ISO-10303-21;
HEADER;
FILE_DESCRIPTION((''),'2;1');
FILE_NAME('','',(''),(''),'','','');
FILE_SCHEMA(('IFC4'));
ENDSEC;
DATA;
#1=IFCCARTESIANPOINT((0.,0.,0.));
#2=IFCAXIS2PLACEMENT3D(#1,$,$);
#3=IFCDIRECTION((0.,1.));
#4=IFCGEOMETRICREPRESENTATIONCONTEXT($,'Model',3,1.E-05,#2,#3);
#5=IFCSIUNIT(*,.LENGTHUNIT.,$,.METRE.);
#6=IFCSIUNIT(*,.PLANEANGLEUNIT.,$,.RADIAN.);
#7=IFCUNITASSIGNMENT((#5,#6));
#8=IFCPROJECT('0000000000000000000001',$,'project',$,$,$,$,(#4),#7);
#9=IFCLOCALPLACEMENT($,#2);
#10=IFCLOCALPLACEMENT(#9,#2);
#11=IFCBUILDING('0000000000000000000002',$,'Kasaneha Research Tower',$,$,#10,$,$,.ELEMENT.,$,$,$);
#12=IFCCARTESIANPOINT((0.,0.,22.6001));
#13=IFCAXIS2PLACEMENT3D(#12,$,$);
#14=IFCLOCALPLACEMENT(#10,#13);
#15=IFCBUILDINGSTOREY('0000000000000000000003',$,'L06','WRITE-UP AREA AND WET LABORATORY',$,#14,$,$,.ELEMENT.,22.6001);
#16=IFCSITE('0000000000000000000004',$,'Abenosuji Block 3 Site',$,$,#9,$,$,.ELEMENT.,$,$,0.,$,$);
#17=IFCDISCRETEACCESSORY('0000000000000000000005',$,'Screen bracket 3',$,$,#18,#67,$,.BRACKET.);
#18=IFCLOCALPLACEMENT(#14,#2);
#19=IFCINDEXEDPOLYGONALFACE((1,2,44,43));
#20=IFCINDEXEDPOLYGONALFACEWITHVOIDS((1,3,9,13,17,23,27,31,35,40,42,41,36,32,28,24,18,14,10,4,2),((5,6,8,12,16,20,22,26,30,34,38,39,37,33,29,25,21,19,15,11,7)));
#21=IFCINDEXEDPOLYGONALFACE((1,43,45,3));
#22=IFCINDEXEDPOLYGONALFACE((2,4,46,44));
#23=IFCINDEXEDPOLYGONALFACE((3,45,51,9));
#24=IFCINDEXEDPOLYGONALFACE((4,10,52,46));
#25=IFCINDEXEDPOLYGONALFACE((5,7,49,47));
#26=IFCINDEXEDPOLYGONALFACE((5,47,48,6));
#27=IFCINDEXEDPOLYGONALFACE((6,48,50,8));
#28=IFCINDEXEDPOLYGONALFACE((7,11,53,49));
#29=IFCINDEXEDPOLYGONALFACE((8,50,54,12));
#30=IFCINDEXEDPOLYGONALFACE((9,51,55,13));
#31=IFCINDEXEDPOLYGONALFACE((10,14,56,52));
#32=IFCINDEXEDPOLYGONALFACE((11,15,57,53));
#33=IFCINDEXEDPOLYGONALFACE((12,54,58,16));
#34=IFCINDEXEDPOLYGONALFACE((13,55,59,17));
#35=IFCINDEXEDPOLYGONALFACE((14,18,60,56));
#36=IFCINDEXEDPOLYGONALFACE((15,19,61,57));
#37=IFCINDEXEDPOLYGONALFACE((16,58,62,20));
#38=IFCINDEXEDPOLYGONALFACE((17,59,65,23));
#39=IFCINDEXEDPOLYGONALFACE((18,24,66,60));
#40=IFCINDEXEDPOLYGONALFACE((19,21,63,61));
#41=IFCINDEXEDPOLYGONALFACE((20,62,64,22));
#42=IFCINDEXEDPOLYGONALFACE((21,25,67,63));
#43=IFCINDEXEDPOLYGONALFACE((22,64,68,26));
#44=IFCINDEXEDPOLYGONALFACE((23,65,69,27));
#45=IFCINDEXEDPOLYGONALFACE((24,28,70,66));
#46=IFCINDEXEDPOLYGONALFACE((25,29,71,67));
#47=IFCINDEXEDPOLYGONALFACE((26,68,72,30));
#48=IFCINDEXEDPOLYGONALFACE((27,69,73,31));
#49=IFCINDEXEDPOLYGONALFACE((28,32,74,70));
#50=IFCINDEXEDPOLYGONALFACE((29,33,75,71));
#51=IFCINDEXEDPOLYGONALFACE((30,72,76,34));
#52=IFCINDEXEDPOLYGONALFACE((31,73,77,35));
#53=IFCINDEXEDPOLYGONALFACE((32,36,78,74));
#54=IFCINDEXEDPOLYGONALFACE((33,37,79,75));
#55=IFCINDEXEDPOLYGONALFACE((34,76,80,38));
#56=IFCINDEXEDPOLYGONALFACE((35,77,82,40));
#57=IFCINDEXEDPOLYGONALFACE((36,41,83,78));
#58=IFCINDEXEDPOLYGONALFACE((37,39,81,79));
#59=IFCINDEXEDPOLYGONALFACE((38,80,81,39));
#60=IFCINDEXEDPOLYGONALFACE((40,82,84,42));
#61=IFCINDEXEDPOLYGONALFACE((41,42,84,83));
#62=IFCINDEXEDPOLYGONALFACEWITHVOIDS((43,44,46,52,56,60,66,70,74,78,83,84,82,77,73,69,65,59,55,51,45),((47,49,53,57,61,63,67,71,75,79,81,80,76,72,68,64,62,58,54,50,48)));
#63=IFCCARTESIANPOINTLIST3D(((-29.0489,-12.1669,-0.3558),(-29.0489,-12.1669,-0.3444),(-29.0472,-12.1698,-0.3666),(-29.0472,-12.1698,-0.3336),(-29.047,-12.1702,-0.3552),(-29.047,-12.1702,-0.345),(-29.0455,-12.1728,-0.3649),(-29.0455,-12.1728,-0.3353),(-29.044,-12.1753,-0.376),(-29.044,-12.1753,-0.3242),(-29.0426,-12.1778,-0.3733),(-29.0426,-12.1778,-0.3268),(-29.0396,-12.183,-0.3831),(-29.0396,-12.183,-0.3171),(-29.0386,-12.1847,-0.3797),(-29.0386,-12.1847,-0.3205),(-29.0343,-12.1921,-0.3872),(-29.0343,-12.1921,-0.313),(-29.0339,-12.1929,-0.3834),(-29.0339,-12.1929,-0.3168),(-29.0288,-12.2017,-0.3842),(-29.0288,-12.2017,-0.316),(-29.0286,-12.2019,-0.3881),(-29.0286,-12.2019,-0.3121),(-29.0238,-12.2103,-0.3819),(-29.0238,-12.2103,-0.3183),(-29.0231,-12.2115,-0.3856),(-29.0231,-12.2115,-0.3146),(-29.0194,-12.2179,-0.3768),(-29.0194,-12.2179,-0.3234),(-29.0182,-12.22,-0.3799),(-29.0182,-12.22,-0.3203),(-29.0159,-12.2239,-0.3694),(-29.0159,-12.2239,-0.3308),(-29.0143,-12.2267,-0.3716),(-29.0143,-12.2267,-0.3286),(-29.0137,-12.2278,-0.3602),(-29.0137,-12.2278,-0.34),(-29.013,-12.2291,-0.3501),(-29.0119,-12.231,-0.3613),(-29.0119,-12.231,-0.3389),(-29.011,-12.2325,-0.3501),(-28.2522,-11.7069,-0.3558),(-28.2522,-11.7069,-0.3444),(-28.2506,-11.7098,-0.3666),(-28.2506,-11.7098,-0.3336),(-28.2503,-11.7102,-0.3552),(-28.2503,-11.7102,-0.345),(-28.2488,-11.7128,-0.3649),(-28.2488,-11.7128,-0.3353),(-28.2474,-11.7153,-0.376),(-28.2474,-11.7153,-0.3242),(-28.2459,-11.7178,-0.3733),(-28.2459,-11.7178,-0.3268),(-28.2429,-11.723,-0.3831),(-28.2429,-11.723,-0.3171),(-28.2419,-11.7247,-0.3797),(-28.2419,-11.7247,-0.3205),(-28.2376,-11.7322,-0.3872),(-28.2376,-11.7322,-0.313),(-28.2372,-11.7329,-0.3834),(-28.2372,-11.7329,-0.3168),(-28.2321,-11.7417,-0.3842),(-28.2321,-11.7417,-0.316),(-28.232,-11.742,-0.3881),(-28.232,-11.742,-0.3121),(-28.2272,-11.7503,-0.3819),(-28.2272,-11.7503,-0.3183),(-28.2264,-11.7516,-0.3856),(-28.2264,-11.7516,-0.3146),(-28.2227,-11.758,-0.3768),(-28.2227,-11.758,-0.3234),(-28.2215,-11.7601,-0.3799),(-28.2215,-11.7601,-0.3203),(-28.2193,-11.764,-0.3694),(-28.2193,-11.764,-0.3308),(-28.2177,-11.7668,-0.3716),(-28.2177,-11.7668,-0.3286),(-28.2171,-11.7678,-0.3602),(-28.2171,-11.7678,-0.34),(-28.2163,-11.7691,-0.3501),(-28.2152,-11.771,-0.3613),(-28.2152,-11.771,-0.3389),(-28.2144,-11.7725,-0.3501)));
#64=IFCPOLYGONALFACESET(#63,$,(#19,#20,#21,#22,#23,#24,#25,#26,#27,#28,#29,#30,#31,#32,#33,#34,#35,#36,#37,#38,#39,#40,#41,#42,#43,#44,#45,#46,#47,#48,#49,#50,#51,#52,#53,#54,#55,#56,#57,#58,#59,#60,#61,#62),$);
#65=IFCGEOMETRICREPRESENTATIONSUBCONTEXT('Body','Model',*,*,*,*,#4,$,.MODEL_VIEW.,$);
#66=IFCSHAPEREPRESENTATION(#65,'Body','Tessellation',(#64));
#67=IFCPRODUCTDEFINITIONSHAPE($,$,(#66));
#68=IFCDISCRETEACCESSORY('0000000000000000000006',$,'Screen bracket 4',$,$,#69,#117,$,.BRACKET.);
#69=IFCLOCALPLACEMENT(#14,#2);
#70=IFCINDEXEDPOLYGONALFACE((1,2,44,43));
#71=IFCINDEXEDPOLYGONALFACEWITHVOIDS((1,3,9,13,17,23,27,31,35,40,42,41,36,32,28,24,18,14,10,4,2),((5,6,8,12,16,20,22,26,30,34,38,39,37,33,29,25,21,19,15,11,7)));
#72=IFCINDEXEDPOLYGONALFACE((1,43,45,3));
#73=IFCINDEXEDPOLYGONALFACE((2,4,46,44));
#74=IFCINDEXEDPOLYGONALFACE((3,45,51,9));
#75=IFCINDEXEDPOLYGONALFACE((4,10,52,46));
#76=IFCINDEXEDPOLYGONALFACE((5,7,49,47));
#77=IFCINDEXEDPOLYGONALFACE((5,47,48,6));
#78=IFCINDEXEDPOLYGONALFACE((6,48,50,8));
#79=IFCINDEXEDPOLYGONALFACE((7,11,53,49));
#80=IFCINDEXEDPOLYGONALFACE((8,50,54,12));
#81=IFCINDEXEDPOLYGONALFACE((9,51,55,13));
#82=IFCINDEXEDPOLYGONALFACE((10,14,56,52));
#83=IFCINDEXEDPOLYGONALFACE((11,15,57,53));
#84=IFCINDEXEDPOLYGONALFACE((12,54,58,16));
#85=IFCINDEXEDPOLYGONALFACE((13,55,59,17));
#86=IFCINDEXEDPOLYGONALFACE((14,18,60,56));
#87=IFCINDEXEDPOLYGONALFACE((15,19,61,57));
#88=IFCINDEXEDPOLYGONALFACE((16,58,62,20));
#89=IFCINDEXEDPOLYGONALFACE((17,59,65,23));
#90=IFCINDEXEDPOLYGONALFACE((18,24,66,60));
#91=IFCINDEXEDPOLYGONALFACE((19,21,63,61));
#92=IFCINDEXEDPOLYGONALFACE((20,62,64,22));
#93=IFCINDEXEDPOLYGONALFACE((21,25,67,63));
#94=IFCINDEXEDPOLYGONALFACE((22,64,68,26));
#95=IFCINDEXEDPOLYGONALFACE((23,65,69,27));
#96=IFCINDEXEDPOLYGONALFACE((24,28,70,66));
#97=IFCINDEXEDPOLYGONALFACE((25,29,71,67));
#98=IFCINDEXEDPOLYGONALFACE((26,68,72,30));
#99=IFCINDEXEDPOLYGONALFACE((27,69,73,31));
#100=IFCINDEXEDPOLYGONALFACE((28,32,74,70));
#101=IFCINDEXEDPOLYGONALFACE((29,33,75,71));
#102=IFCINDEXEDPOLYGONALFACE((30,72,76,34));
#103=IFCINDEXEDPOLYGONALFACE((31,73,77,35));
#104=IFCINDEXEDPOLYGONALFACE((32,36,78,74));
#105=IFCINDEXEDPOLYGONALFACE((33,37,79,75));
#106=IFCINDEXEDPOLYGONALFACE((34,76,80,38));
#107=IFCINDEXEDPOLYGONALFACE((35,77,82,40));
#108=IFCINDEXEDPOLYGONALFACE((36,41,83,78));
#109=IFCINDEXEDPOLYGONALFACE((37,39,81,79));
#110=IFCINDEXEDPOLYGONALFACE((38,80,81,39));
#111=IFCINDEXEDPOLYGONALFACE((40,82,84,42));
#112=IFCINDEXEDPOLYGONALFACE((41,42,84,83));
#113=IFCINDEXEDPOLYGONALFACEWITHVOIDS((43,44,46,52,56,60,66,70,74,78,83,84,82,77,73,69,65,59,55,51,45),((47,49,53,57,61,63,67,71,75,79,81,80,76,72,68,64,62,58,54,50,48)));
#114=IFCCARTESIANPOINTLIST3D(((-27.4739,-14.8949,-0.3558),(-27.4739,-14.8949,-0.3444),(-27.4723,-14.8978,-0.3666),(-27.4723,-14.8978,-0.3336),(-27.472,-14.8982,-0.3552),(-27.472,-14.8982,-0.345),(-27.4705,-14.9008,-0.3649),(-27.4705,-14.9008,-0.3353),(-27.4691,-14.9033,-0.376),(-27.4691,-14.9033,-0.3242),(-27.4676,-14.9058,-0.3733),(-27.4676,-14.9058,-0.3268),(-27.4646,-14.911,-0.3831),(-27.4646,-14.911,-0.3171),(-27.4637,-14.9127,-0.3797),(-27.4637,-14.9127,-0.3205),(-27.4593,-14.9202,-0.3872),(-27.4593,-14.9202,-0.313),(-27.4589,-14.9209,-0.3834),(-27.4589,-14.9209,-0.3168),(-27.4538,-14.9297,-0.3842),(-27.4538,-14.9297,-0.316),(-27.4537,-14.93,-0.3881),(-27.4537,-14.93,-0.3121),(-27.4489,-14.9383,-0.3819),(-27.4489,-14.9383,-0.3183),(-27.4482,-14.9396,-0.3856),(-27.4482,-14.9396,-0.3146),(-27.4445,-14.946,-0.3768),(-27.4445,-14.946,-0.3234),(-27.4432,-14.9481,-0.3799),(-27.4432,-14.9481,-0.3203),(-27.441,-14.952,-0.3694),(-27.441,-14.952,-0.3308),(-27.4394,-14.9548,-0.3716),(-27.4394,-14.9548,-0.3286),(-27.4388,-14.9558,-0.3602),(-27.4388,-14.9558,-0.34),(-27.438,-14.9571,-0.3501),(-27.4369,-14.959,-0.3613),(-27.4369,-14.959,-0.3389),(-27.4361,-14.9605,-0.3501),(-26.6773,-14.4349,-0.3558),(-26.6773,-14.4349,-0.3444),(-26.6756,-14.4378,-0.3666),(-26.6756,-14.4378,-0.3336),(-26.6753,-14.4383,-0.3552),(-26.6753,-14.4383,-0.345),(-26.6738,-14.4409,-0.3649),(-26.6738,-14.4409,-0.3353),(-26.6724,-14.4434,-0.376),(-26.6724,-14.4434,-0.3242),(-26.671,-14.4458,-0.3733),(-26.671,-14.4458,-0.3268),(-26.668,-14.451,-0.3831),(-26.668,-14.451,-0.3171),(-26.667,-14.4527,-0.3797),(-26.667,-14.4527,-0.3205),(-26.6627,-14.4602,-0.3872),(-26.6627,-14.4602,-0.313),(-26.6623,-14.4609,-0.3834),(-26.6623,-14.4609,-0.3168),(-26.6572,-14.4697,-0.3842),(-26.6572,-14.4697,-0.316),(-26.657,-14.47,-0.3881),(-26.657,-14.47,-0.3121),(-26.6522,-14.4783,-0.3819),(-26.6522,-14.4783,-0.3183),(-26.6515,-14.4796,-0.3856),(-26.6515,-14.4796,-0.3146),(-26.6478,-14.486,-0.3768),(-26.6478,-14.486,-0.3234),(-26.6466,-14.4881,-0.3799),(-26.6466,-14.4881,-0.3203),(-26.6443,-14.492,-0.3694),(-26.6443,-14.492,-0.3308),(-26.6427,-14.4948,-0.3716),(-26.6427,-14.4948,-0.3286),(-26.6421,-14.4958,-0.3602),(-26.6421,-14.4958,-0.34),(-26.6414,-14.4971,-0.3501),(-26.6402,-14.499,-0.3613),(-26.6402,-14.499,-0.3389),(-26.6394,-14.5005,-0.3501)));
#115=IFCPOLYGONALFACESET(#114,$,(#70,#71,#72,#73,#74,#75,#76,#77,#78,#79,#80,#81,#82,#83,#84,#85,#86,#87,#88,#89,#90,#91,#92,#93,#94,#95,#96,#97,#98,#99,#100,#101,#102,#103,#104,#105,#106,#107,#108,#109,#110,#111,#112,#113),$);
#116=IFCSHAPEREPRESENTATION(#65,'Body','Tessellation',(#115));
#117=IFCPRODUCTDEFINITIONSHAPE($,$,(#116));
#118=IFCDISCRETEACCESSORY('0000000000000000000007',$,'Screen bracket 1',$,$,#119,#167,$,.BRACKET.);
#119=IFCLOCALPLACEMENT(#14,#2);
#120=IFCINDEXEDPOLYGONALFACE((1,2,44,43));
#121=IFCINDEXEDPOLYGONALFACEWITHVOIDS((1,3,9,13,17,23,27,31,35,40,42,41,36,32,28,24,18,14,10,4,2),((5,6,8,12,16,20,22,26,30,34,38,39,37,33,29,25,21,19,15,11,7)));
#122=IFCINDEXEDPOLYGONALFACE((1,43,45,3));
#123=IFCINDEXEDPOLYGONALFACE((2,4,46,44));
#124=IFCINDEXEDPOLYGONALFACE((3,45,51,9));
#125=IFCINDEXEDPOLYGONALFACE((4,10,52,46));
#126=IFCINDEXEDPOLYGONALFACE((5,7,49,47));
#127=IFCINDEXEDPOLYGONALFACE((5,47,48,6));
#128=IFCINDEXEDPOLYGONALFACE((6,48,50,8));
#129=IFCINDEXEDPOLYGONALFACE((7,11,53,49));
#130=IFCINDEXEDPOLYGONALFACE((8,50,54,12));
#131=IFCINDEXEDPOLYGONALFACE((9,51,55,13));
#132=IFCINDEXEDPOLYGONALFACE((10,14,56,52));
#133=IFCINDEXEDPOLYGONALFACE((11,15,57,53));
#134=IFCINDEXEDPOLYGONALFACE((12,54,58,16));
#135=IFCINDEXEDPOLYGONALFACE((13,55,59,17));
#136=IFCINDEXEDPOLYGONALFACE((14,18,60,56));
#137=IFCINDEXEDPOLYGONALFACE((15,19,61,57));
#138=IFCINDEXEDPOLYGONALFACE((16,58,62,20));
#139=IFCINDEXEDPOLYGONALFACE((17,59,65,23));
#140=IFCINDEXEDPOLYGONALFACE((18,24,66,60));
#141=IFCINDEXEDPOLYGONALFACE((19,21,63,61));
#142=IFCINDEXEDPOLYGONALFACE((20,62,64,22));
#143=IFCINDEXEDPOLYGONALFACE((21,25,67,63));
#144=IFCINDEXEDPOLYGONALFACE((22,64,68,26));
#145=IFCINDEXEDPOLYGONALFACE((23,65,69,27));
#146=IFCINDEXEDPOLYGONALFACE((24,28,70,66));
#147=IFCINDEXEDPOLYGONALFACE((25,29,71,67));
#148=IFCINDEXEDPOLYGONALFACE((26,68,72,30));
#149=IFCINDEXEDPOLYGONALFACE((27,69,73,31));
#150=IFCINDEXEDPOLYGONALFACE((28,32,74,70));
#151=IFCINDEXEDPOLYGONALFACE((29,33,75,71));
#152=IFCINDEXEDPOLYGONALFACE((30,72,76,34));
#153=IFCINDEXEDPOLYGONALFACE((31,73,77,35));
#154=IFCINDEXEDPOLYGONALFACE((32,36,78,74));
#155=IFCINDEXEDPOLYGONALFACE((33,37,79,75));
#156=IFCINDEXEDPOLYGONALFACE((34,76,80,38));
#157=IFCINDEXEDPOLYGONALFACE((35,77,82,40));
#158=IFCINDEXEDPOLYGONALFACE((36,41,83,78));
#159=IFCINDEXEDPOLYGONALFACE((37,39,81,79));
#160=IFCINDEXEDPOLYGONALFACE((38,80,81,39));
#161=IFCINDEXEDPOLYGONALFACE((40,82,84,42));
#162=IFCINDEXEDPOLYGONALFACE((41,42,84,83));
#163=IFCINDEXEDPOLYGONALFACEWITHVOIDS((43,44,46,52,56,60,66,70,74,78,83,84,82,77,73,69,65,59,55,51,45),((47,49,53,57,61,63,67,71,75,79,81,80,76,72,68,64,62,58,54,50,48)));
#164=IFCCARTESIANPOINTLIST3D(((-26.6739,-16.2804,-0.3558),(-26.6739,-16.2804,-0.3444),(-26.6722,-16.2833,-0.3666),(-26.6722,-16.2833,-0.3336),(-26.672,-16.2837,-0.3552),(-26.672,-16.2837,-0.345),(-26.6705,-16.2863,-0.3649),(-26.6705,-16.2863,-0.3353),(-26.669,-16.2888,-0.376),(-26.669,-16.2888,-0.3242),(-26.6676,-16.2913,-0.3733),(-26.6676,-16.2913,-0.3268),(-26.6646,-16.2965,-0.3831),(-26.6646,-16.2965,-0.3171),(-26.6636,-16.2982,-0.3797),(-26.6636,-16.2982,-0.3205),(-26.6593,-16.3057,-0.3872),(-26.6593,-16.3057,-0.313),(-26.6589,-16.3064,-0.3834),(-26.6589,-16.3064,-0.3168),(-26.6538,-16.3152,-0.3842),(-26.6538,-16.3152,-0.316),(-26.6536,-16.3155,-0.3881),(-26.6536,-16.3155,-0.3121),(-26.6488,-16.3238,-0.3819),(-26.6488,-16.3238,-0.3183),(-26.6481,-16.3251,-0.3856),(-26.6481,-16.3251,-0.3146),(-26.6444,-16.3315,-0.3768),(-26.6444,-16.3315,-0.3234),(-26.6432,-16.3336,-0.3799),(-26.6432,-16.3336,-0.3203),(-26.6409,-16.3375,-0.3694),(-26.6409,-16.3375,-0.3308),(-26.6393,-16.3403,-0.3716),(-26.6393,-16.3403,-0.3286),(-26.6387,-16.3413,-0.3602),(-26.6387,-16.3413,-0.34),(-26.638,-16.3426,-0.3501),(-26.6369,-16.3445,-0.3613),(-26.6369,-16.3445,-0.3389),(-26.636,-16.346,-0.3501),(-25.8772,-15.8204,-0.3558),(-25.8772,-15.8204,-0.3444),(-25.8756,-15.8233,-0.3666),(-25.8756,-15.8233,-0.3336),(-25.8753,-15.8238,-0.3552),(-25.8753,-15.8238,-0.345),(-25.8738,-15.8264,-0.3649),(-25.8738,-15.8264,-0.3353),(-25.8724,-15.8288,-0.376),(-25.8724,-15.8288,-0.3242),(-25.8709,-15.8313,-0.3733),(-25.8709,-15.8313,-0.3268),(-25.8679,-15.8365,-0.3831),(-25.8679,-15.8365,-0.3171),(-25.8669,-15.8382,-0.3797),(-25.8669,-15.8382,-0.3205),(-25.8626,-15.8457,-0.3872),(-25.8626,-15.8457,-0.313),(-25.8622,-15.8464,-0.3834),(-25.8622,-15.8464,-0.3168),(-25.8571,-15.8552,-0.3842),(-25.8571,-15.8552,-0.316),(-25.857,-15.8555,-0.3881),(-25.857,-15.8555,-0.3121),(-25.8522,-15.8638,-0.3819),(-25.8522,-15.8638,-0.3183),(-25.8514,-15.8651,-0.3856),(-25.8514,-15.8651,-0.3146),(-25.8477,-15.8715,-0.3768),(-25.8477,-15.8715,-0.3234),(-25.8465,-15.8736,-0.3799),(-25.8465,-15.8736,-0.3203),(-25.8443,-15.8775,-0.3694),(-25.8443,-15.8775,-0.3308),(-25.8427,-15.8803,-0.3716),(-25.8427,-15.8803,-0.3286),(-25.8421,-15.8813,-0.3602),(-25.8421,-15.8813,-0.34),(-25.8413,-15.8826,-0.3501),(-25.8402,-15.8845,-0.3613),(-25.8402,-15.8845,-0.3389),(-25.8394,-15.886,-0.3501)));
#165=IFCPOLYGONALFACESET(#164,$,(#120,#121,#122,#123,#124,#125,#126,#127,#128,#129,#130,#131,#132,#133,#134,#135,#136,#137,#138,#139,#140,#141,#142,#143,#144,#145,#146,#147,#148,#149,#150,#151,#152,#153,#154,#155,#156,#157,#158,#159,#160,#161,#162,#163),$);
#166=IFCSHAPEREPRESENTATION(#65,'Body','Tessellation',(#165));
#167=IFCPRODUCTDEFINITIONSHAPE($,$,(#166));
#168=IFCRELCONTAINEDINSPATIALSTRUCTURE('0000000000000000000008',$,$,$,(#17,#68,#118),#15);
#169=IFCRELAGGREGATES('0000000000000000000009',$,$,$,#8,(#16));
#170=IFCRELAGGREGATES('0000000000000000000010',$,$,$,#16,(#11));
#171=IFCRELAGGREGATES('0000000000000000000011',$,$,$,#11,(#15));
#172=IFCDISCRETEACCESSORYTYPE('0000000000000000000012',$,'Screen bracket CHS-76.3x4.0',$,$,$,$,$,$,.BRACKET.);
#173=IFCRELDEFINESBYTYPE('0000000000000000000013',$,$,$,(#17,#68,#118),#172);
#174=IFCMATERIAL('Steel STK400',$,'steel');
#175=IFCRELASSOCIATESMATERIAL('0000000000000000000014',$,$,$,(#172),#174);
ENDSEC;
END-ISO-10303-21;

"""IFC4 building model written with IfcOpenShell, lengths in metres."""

from ifc_helpers import new_model, si_unit, direction, frame, origin, origin_2d, place, context, subcontext, project, spatial, hollow_circle, extrude, material, material_profile, profile_set, type_object, element, save


model = new_model("IFC4")

# Units and contexts
model_context = context("Model", 3, precision=1e-05, world=origin(), true_north=direction((0.0, 1.0)))
body_context = subcontext(model_context, "Body", "Model", "MODEL_VIEW")
ifc_project = project(units=[si_unit("LENGTHUNIT", "METRE"), si_unit("PLANEANGLEUNIT", "RADIAN")], contexts=[model_context])

# Site, building, storey
site_placement = place(None, origin())
site = spatial("IfcSite", under=ifc_project, at=site_placement, Name="Abenosuji Block 3 Site", CompositionType="ELEMENT", RefElevation=0.0)
building_placement = place(site_placement, origin())
building = spatial("IfcBuilding", under=site, at=building_placement, Name="Kasaneha Research Tower", CompositionType="ELEMENT")
storey_placement = place(building_placement, frame((0.0, 0.0, 22.6001)))
storey = spatial("IfcBuildingStorey", under=building, at=storey_placement, Name="L06", Description="WRITE-UP AREA AND WET LABORATORY", CompositionType="ELEMENT", Elevation=22.6001)

# Discrete accessories
ifc_material_1 = material(Name="Steel STK400", Category="steel")
ifc_material_profile_1 = material_profile(ifc_material_1, hollow_circle(Radius=0.0381, WallThickness=0.0039, at=origin_2d()), Name="CHS-76.3x4.0")
ifc_profile_set_1 = profile_set([ifc_material_profile_1], Name="Steel STK400")
discrete_accessory_type = type_object("IfcDiscreteAccessoryType", Name="Screen bracket CHS-76.3x4.0", PredefinedType="BRACKET", material=ifc_profile_set_1)
for number, where, z_axis, x_axis, name in (
    (1, (-28.2334, -11.7395, -0.3501), (-0.866013, -0.500021, 0.0), (0.500021, -0.866013, 0.0), "Screen bracket 3"),
    (2, (-26.6584, -14.4675, -0.3501), (-0.866013, -0.500021, 0.0), (0.500021, -0.866013, 0.0), "Screen bracket 4"),
    (3, (-25.8584, -15.853, -0.3501), (-0.866013, -0.500021, 0.0), (0.500021, -0.866013, 0.0), "Screen bracket 1"),
):
    element("IfcDiscreteAccessory", number, at=place(storey_placement, frame(where, z_axis=z_axis, x_axis=x_axis)), inside=storey, type_object=discrete_accessory_type, Name=name, PredefinedType="BRACKET", context=body_context, shape_type="SweptSolid", body=[
        extrude(hollow_circle(Radius=0.0381, WallThickness=0.0039, at=origin_2d()), origin(), (0.0, 0.0, 1.0), 0.9199),
    ])

save(model, "model.ifc")
